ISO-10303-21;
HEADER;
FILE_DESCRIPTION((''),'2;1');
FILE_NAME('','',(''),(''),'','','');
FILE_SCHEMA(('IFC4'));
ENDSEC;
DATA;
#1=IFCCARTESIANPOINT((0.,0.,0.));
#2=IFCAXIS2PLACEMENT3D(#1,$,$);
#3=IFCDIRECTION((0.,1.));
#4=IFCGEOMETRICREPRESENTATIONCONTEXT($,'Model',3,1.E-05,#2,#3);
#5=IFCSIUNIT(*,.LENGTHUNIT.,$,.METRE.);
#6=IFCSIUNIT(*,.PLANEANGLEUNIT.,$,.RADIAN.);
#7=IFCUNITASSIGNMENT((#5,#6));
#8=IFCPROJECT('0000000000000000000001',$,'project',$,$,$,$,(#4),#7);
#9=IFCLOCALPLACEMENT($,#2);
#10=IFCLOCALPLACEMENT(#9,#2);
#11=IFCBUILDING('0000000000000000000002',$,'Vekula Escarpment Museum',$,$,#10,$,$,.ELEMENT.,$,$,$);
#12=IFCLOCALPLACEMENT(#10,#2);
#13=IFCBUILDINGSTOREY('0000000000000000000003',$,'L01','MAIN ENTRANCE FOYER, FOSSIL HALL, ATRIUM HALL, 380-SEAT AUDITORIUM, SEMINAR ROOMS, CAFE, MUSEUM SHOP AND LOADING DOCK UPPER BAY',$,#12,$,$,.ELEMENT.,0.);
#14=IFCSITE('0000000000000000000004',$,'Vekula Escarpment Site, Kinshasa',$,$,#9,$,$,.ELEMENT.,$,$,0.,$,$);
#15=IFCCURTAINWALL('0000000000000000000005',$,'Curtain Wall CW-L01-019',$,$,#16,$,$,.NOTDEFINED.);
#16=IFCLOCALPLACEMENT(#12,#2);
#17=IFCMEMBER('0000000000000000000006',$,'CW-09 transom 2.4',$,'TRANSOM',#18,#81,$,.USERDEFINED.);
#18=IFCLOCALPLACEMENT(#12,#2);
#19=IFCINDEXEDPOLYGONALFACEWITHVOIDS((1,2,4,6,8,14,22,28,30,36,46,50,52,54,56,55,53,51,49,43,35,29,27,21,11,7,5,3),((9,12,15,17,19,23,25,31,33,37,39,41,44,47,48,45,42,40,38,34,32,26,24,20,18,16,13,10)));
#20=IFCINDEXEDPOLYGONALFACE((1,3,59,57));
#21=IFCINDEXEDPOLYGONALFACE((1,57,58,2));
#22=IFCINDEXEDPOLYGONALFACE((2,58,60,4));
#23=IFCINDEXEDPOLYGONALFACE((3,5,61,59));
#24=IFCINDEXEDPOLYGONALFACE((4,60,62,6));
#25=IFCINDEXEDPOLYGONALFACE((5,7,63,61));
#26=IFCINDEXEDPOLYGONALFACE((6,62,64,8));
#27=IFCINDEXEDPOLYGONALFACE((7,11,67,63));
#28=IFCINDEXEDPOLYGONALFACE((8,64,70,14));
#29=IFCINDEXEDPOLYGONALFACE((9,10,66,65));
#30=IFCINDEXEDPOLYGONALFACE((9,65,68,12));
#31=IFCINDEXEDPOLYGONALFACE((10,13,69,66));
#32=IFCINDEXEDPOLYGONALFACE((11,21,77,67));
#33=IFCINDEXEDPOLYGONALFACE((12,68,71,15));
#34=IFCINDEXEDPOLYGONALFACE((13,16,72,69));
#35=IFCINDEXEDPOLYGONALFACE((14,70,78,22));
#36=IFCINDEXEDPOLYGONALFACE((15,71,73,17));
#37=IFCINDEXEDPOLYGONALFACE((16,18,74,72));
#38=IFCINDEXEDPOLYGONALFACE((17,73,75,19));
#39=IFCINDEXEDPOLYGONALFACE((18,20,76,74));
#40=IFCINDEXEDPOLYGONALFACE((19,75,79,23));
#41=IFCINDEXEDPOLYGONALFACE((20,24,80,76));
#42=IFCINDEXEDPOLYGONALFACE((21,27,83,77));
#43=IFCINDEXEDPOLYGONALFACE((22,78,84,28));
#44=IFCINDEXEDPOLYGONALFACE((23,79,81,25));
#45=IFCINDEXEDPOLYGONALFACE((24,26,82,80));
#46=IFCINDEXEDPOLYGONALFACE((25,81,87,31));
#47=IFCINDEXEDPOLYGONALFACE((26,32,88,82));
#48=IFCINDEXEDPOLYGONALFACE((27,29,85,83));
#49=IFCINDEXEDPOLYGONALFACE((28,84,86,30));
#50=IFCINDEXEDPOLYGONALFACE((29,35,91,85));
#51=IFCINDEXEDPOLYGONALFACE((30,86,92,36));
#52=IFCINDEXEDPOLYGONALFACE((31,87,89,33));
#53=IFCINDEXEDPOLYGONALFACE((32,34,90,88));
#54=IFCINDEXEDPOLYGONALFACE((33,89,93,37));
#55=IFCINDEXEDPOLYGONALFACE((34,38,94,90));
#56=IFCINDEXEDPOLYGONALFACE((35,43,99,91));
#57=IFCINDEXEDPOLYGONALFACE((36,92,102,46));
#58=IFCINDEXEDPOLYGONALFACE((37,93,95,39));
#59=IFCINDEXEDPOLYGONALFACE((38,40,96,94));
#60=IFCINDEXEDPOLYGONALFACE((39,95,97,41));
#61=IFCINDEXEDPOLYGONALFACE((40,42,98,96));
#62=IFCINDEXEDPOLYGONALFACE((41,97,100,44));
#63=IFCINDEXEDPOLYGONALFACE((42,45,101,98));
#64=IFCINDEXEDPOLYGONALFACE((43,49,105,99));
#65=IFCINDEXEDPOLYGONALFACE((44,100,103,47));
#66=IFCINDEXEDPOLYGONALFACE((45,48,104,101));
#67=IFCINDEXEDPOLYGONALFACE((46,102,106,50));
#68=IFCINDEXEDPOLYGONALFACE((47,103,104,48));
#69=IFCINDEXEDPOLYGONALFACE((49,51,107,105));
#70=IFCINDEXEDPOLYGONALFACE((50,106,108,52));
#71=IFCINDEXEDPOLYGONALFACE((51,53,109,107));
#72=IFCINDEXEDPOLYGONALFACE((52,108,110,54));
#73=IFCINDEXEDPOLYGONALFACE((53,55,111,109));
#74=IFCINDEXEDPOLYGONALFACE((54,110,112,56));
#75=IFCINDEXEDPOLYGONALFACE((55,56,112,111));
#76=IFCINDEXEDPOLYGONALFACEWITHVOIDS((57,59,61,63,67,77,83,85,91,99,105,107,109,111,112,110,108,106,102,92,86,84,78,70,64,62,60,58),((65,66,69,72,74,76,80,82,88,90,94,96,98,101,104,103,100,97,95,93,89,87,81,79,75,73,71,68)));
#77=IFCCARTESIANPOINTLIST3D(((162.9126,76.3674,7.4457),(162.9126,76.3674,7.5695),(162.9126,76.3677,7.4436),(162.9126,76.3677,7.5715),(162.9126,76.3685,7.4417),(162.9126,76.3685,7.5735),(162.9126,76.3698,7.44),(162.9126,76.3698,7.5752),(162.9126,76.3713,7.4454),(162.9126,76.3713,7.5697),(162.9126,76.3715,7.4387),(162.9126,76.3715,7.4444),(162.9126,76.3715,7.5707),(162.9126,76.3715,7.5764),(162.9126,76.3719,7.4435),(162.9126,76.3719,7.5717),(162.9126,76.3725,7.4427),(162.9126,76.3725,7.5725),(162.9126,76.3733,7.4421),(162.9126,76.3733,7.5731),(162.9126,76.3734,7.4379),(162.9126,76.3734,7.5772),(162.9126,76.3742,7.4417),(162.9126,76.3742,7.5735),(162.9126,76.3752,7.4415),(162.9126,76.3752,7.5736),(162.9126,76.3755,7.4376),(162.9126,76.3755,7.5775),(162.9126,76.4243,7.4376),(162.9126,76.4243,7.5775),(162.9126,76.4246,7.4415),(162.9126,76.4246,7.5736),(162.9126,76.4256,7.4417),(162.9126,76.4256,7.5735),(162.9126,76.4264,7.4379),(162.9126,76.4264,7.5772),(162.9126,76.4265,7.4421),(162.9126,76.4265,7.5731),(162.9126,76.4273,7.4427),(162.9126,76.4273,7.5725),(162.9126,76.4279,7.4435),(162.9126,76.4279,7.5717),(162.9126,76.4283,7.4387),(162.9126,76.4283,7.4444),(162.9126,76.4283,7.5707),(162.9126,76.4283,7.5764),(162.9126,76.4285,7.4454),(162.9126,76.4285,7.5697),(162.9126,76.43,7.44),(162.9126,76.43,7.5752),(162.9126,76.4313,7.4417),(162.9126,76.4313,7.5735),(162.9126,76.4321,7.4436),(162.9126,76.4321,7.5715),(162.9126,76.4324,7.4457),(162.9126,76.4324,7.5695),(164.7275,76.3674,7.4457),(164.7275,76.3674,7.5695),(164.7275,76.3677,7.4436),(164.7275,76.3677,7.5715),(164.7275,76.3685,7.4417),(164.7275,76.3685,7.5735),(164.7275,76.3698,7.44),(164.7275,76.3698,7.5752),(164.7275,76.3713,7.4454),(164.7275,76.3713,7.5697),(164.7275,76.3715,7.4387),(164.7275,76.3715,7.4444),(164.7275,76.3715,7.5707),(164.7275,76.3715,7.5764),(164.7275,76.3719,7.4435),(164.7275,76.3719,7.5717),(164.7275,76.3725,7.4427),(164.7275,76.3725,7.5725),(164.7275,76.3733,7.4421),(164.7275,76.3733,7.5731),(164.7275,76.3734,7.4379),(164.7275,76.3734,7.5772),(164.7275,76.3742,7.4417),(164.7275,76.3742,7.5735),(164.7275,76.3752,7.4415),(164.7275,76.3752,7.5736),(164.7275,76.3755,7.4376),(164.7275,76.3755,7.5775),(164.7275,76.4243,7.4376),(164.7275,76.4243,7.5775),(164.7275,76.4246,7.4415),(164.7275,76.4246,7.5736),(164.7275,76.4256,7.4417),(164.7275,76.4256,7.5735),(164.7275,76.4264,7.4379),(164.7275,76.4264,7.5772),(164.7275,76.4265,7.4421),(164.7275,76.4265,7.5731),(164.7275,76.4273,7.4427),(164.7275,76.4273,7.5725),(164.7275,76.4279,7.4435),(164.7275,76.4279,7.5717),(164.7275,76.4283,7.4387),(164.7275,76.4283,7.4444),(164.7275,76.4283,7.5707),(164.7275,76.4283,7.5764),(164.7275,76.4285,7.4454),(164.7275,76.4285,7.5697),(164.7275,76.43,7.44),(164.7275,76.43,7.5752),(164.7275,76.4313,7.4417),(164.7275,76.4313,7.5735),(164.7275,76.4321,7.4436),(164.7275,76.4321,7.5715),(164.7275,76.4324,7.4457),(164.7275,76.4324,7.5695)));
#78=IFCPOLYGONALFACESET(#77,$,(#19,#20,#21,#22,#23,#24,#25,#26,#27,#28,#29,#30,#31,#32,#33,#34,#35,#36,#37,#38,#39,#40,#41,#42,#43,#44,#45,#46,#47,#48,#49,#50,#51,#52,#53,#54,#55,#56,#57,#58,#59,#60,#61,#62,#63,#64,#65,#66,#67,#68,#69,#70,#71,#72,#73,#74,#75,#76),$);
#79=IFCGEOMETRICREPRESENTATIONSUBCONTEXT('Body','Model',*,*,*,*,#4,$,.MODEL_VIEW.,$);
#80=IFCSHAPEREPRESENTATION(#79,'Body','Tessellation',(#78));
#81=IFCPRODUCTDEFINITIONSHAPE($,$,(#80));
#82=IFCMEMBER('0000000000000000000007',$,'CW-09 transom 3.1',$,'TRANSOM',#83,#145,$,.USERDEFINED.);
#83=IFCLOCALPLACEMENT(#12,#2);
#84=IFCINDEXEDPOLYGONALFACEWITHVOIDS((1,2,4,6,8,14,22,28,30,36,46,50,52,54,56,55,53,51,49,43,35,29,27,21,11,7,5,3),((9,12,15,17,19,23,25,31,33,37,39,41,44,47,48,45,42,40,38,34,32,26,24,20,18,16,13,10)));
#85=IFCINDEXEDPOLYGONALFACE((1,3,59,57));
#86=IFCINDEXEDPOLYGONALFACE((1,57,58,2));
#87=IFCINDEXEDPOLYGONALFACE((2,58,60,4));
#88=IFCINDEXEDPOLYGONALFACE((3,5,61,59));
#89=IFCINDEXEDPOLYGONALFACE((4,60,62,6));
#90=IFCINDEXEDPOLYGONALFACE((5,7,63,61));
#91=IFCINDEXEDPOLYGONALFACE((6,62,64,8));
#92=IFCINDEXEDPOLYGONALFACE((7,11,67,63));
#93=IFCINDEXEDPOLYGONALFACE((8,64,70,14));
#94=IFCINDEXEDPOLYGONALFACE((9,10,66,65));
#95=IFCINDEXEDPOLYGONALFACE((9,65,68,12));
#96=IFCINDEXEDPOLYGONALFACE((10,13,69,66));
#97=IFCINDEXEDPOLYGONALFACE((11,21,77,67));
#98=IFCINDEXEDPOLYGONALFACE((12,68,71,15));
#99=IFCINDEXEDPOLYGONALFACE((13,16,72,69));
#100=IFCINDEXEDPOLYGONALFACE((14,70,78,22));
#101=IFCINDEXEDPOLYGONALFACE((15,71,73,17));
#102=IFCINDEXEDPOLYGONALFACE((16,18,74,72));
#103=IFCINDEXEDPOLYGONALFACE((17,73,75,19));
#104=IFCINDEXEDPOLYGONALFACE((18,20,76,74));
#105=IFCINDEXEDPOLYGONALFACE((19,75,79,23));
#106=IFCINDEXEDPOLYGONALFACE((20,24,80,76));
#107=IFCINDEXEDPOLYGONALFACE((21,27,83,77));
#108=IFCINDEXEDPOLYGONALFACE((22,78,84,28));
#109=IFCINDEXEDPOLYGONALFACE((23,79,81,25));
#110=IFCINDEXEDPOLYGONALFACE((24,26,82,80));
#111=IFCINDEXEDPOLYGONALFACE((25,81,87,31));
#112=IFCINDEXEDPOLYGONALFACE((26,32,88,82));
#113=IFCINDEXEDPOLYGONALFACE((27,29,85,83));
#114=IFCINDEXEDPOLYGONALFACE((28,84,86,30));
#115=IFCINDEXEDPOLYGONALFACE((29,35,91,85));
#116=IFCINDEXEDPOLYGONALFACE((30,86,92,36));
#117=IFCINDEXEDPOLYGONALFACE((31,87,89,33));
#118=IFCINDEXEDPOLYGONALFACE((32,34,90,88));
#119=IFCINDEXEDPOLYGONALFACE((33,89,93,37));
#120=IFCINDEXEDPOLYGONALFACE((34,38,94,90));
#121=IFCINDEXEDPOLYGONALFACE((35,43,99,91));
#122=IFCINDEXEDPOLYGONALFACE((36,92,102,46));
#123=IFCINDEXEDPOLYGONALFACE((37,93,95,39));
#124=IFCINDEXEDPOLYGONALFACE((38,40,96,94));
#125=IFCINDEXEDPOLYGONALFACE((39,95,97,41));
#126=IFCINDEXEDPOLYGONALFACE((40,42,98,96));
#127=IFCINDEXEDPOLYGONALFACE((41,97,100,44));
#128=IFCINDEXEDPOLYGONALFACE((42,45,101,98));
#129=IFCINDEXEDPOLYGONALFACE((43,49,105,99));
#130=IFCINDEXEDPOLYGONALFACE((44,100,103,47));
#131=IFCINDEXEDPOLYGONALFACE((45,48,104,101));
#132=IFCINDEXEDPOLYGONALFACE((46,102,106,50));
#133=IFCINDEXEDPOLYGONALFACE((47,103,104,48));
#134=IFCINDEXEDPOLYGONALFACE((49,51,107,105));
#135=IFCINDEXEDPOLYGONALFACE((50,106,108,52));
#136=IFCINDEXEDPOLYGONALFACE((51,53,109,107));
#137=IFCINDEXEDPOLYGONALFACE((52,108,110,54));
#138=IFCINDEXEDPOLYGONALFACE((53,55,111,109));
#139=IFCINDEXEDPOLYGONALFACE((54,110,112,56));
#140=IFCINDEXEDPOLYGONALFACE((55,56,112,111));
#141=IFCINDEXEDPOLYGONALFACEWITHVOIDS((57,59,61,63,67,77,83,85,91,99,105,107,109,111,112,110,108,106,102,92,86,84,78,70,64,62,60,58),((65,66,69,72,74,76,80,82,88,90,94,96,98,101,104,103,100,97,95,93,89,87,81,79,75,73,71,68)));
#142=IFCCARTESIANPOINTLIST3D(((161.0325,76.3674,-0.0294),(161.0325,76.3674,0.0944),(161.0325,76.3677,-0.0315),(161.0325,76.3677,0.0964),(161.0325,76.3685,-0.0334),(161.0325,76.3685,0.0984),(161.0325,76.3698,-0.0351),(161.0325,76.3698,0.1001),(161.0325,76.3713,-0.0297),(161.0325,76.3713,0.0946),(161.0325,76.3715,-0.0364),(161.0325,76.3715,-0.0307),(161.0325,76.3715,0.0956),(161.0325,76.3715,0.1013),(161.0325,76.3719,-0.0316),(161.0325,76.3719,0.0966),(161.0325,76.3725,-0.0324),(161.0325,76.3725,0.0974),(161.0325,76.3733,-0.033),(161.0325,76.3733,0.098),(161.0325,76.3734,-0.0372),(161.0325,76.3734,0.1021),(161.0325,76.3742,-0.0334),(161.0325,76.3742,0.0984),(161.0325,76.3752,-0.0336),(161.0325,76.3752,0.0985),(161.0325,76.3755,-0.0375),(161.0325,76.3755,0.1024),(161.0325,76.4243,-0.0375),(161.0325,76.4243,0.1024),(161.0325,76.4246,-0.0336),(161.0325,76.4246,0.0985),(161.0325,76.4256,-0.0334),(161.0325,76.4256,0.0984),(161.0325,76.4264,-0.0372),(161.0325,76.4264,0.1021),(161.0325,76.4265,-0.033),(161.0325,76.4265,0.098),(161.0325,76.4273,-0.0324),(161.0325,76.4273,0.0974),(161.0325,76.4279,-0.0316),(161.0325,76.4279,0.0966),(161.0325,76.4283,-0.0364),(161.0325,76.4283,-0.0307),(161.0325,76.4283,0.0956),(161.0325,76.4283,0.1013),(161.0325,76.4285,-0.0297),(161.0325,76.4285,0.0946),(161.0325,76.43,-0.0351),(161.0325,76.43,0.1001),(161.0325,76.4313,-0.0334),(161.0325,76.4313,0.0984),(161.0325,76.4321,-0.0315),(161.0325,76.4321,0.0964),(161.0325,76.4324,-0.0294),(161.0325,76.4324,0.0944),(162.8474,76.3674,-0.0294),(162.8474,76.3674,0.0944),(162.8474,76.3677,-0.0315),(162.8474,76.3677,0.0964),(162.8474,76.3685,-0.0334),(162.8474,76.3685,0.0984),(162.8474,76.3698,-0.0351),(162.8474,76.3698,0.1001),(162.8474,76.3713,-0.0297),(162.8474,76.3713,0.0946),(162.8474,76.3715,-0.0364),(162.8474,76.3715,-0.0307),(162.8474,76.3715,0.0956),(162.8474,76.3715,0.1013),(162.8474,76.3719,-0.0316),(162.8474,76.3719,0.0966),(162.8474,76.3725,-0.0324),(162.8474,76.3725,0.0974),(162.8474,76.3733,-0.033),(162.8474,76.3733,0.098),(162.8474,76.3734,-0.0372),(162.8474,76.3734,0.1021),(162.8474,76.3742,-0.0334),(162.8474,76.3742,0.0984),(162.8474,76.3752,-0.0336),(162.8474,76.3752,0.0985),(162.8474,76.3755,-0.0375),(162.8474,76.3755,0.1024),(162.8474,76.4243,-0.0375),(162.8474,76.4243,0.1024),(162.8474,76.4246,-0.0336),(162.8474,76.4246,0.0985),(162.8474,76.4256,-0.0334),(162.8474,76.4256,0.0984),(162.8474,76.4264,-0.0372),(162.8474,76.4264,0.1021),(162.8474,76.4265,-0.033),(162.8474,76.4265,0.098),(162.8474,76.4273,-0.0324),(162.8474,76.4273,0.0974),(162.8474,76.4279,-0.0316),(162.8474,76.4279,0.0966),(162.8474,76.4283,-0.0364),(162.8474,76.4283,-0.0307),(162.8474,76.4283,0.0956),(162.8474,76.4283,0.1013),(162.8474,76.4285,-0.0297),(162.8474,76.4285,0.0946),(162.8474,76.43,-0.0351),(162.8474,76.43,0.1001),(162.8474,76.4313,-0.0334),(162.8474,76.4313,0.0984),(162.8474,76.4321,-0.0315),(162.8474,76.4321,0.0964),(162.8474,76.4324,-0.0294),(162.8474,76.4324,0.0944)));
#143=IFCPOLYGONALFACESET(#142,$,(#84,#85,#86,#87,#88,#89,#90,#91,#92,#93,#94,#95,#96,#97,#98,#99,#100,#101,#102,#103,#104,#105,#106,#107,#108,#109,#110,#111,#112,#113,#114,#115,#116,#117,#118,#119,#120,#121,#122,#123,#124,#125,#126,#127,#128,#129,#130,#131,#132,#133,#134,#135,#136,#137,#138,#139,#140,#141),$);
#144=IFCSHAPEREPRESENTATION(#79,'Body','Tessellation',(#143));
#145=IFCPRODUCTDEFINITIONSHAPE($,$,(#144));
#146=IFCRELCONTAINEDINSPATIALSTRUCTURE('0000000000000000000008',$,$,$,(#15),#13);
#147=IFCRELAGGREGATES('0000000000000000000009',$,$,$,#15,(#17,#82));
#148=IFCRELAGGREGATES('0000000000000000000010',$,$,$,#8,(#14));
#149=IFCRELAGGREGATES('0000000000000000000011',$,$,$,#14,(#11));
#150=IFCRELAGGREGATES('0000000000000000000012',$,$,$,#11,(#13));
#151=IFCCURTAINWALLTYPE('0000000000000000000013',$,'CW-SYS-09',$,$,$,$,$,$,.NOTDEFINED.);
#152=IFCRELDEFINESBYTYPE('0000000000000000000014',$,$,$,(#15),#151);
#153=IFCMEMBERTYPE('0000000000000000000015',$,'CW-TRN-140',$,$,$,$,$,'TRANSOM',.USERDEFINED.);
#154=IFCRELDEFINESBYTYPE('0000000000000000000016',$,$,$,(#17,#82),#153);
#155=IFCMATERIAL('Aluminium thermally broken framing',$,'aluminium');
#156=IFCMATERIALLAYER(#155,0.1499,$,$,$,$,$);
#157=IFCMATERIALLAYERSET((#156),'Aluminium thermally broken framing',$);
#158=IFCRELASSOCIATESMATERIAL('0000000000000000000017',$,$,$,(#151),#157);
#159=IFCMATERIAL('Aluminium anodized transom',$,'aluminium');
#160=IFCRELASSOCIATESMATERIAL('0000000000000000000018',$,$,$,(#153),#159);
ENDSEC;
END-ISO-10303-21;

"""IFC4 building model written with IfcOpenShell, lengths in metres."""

from ifc_helpers import new_model, si_unit, direction, frame, origin, origin_2d, place, context, subcontext, project, spatial, hollow_rectangle, extrude, material, layer, layer_set, material_profile, profile_set, type_object, element, aggregate, save


model = new_model("IFC4")

# Units and contexts
model_context = context("Model", 3, precision=1e-05, world=origin(), true_north=direction((0.0, 1.0)))
body_context = subcontext(model_context, "Body", "Model", "MODEL_VIEW")
ifc_project = project(units=[si_unit("LENGTHUNIT", "METRE"), si_unit("PLANEANGLEUNIT", "RADIAN")], contexts=[model_context])

# Site, building, storey
site_placement = place(None, origin())
site = spatial("IfcSite", under=ifc_project, at=site_placement, Name="Vekula Escarpment Site, Kinshasa", CompositionType="ELEMENT", RefElevation=0.0)
building_placement = place(site_placement, origin())
building = spatial("IfcBuilding", under=site, at=building_placement, Name="Vekula Escarpment Museum", CompositionType="ELEMENT")
storey_placement = place(building_placement, origin())
storey = spatial("IfcBuildingStorey", under=building, at=storey_placement, Name="L01", Description="MAIN ENTRANCE FOYER, FOSSIL HALL, ATRIUM HALL, 380-SEAT AUDITORIUM, SEMINAR ROOMS, CAFE, MUSEUM SHOP AND LOADING DOCK UPPER BAY", CompositionType="ELEMENT", Elevation=0.0)

# Curtain wall
ifc_material_1 = material(Name="Aluminium thermally broken framing", Category="aluminium")
ifc_layer_1 = layer(ifc_material_1, 0.1499)
ifc_layer_set_1 = layer_set([ifc_layer_1], Name="Aluminium thermally broken framing")
curtain_wall_type_1 = type_object("IfcCurtainWallType", Name="CW-SYS-09", PredefinedType="NOTDEFINED", material=ifc_layer_set_1)
curtain_wall_1_placement = place(storey_placement, origin())
curtain_wall_1 = element("IfcCurtainWall", 1, at=curtain_wall_1_placement, inside=storey, type_object=curtain_wall_type_1, Name="Curtain Wall CW-L01-019", PredefinedType="NOTDEFINED")

# Members
ifc_material_2 = material(Name="Aluminium anodized transom", Category="aluminium")
ifc_material_profile_1 = material_profile(ifc_material_2, hollow_rectangle(XDim=0.0649, YDim=0.1399, WallThickness=0.0039, InnerFilletRadius=0.0039, OuterFilletRadius=0.0081, at=origin_2d()), Name="ALU 140x65x4")
ifc_profile_set_1 = profile_set([ifc_material_profile_1], Name="Aluminium anodized transom")
member_type_1 = type_object("IfcMemberType", Name="CW-TRN-140", ElementType="TRANSOM", PredefinedType="USERDEFINED", material=ifc_profile_set_1)
member_1_placement = place(storey_placement, frame((164.7275, 76.3999, 7.5076), z_axis=(-1.0, 0.0, 0.0), x_axis=(0.0, -1.0, 0.0)))
member_1 = element("IfcMember", 2, at=member_1_placement, type_object=member_type_1, Name="CW-09 transom 2.4", ObjectType="TRANSOM", PredefinedType="USERDEFINED", context=body_context, shape_type="SweptSolid", body=[
    extrude(hollow_rectangle(XDim=0.0649, YDim=0.1399, WallThickness=0.0039, InnerFilletRadius=0.0039, OuterFilletRadius=0.0081, at=origin_2d()), origin(), (0.0, 0.0, 1.0), 1.8149),
])
member_2_placement = place(storey_placement, frame((162.8474, 76.3999, 0.0325), z_axis=(-1.0, 0.0, 0.0), x_axis=(0.0, -1.0, 0.0)))
member_2 = element("IfcMember", 3, at=member_2_placement, type_object=member_type_1, Name="CW-09 transom 3.1", ObjectType="TRANSOM", PredefinedType="USERDEFINED", context=body_context, shape_type="SweptSolid", body=[
    extrude(hollow_rectangle(XDim=0.0649, YDim=0.1399, WallThickness=0.0039, InnerFilletRadius=0.0039, OuterFilletRadius=0.0081, at=origin_2d()), origin(), (0.0, 0.0, 1.0), 1.8149),
])

aggregate(curtain_wall_1, [member_1, member_2])

save(model, "model.ifc")
